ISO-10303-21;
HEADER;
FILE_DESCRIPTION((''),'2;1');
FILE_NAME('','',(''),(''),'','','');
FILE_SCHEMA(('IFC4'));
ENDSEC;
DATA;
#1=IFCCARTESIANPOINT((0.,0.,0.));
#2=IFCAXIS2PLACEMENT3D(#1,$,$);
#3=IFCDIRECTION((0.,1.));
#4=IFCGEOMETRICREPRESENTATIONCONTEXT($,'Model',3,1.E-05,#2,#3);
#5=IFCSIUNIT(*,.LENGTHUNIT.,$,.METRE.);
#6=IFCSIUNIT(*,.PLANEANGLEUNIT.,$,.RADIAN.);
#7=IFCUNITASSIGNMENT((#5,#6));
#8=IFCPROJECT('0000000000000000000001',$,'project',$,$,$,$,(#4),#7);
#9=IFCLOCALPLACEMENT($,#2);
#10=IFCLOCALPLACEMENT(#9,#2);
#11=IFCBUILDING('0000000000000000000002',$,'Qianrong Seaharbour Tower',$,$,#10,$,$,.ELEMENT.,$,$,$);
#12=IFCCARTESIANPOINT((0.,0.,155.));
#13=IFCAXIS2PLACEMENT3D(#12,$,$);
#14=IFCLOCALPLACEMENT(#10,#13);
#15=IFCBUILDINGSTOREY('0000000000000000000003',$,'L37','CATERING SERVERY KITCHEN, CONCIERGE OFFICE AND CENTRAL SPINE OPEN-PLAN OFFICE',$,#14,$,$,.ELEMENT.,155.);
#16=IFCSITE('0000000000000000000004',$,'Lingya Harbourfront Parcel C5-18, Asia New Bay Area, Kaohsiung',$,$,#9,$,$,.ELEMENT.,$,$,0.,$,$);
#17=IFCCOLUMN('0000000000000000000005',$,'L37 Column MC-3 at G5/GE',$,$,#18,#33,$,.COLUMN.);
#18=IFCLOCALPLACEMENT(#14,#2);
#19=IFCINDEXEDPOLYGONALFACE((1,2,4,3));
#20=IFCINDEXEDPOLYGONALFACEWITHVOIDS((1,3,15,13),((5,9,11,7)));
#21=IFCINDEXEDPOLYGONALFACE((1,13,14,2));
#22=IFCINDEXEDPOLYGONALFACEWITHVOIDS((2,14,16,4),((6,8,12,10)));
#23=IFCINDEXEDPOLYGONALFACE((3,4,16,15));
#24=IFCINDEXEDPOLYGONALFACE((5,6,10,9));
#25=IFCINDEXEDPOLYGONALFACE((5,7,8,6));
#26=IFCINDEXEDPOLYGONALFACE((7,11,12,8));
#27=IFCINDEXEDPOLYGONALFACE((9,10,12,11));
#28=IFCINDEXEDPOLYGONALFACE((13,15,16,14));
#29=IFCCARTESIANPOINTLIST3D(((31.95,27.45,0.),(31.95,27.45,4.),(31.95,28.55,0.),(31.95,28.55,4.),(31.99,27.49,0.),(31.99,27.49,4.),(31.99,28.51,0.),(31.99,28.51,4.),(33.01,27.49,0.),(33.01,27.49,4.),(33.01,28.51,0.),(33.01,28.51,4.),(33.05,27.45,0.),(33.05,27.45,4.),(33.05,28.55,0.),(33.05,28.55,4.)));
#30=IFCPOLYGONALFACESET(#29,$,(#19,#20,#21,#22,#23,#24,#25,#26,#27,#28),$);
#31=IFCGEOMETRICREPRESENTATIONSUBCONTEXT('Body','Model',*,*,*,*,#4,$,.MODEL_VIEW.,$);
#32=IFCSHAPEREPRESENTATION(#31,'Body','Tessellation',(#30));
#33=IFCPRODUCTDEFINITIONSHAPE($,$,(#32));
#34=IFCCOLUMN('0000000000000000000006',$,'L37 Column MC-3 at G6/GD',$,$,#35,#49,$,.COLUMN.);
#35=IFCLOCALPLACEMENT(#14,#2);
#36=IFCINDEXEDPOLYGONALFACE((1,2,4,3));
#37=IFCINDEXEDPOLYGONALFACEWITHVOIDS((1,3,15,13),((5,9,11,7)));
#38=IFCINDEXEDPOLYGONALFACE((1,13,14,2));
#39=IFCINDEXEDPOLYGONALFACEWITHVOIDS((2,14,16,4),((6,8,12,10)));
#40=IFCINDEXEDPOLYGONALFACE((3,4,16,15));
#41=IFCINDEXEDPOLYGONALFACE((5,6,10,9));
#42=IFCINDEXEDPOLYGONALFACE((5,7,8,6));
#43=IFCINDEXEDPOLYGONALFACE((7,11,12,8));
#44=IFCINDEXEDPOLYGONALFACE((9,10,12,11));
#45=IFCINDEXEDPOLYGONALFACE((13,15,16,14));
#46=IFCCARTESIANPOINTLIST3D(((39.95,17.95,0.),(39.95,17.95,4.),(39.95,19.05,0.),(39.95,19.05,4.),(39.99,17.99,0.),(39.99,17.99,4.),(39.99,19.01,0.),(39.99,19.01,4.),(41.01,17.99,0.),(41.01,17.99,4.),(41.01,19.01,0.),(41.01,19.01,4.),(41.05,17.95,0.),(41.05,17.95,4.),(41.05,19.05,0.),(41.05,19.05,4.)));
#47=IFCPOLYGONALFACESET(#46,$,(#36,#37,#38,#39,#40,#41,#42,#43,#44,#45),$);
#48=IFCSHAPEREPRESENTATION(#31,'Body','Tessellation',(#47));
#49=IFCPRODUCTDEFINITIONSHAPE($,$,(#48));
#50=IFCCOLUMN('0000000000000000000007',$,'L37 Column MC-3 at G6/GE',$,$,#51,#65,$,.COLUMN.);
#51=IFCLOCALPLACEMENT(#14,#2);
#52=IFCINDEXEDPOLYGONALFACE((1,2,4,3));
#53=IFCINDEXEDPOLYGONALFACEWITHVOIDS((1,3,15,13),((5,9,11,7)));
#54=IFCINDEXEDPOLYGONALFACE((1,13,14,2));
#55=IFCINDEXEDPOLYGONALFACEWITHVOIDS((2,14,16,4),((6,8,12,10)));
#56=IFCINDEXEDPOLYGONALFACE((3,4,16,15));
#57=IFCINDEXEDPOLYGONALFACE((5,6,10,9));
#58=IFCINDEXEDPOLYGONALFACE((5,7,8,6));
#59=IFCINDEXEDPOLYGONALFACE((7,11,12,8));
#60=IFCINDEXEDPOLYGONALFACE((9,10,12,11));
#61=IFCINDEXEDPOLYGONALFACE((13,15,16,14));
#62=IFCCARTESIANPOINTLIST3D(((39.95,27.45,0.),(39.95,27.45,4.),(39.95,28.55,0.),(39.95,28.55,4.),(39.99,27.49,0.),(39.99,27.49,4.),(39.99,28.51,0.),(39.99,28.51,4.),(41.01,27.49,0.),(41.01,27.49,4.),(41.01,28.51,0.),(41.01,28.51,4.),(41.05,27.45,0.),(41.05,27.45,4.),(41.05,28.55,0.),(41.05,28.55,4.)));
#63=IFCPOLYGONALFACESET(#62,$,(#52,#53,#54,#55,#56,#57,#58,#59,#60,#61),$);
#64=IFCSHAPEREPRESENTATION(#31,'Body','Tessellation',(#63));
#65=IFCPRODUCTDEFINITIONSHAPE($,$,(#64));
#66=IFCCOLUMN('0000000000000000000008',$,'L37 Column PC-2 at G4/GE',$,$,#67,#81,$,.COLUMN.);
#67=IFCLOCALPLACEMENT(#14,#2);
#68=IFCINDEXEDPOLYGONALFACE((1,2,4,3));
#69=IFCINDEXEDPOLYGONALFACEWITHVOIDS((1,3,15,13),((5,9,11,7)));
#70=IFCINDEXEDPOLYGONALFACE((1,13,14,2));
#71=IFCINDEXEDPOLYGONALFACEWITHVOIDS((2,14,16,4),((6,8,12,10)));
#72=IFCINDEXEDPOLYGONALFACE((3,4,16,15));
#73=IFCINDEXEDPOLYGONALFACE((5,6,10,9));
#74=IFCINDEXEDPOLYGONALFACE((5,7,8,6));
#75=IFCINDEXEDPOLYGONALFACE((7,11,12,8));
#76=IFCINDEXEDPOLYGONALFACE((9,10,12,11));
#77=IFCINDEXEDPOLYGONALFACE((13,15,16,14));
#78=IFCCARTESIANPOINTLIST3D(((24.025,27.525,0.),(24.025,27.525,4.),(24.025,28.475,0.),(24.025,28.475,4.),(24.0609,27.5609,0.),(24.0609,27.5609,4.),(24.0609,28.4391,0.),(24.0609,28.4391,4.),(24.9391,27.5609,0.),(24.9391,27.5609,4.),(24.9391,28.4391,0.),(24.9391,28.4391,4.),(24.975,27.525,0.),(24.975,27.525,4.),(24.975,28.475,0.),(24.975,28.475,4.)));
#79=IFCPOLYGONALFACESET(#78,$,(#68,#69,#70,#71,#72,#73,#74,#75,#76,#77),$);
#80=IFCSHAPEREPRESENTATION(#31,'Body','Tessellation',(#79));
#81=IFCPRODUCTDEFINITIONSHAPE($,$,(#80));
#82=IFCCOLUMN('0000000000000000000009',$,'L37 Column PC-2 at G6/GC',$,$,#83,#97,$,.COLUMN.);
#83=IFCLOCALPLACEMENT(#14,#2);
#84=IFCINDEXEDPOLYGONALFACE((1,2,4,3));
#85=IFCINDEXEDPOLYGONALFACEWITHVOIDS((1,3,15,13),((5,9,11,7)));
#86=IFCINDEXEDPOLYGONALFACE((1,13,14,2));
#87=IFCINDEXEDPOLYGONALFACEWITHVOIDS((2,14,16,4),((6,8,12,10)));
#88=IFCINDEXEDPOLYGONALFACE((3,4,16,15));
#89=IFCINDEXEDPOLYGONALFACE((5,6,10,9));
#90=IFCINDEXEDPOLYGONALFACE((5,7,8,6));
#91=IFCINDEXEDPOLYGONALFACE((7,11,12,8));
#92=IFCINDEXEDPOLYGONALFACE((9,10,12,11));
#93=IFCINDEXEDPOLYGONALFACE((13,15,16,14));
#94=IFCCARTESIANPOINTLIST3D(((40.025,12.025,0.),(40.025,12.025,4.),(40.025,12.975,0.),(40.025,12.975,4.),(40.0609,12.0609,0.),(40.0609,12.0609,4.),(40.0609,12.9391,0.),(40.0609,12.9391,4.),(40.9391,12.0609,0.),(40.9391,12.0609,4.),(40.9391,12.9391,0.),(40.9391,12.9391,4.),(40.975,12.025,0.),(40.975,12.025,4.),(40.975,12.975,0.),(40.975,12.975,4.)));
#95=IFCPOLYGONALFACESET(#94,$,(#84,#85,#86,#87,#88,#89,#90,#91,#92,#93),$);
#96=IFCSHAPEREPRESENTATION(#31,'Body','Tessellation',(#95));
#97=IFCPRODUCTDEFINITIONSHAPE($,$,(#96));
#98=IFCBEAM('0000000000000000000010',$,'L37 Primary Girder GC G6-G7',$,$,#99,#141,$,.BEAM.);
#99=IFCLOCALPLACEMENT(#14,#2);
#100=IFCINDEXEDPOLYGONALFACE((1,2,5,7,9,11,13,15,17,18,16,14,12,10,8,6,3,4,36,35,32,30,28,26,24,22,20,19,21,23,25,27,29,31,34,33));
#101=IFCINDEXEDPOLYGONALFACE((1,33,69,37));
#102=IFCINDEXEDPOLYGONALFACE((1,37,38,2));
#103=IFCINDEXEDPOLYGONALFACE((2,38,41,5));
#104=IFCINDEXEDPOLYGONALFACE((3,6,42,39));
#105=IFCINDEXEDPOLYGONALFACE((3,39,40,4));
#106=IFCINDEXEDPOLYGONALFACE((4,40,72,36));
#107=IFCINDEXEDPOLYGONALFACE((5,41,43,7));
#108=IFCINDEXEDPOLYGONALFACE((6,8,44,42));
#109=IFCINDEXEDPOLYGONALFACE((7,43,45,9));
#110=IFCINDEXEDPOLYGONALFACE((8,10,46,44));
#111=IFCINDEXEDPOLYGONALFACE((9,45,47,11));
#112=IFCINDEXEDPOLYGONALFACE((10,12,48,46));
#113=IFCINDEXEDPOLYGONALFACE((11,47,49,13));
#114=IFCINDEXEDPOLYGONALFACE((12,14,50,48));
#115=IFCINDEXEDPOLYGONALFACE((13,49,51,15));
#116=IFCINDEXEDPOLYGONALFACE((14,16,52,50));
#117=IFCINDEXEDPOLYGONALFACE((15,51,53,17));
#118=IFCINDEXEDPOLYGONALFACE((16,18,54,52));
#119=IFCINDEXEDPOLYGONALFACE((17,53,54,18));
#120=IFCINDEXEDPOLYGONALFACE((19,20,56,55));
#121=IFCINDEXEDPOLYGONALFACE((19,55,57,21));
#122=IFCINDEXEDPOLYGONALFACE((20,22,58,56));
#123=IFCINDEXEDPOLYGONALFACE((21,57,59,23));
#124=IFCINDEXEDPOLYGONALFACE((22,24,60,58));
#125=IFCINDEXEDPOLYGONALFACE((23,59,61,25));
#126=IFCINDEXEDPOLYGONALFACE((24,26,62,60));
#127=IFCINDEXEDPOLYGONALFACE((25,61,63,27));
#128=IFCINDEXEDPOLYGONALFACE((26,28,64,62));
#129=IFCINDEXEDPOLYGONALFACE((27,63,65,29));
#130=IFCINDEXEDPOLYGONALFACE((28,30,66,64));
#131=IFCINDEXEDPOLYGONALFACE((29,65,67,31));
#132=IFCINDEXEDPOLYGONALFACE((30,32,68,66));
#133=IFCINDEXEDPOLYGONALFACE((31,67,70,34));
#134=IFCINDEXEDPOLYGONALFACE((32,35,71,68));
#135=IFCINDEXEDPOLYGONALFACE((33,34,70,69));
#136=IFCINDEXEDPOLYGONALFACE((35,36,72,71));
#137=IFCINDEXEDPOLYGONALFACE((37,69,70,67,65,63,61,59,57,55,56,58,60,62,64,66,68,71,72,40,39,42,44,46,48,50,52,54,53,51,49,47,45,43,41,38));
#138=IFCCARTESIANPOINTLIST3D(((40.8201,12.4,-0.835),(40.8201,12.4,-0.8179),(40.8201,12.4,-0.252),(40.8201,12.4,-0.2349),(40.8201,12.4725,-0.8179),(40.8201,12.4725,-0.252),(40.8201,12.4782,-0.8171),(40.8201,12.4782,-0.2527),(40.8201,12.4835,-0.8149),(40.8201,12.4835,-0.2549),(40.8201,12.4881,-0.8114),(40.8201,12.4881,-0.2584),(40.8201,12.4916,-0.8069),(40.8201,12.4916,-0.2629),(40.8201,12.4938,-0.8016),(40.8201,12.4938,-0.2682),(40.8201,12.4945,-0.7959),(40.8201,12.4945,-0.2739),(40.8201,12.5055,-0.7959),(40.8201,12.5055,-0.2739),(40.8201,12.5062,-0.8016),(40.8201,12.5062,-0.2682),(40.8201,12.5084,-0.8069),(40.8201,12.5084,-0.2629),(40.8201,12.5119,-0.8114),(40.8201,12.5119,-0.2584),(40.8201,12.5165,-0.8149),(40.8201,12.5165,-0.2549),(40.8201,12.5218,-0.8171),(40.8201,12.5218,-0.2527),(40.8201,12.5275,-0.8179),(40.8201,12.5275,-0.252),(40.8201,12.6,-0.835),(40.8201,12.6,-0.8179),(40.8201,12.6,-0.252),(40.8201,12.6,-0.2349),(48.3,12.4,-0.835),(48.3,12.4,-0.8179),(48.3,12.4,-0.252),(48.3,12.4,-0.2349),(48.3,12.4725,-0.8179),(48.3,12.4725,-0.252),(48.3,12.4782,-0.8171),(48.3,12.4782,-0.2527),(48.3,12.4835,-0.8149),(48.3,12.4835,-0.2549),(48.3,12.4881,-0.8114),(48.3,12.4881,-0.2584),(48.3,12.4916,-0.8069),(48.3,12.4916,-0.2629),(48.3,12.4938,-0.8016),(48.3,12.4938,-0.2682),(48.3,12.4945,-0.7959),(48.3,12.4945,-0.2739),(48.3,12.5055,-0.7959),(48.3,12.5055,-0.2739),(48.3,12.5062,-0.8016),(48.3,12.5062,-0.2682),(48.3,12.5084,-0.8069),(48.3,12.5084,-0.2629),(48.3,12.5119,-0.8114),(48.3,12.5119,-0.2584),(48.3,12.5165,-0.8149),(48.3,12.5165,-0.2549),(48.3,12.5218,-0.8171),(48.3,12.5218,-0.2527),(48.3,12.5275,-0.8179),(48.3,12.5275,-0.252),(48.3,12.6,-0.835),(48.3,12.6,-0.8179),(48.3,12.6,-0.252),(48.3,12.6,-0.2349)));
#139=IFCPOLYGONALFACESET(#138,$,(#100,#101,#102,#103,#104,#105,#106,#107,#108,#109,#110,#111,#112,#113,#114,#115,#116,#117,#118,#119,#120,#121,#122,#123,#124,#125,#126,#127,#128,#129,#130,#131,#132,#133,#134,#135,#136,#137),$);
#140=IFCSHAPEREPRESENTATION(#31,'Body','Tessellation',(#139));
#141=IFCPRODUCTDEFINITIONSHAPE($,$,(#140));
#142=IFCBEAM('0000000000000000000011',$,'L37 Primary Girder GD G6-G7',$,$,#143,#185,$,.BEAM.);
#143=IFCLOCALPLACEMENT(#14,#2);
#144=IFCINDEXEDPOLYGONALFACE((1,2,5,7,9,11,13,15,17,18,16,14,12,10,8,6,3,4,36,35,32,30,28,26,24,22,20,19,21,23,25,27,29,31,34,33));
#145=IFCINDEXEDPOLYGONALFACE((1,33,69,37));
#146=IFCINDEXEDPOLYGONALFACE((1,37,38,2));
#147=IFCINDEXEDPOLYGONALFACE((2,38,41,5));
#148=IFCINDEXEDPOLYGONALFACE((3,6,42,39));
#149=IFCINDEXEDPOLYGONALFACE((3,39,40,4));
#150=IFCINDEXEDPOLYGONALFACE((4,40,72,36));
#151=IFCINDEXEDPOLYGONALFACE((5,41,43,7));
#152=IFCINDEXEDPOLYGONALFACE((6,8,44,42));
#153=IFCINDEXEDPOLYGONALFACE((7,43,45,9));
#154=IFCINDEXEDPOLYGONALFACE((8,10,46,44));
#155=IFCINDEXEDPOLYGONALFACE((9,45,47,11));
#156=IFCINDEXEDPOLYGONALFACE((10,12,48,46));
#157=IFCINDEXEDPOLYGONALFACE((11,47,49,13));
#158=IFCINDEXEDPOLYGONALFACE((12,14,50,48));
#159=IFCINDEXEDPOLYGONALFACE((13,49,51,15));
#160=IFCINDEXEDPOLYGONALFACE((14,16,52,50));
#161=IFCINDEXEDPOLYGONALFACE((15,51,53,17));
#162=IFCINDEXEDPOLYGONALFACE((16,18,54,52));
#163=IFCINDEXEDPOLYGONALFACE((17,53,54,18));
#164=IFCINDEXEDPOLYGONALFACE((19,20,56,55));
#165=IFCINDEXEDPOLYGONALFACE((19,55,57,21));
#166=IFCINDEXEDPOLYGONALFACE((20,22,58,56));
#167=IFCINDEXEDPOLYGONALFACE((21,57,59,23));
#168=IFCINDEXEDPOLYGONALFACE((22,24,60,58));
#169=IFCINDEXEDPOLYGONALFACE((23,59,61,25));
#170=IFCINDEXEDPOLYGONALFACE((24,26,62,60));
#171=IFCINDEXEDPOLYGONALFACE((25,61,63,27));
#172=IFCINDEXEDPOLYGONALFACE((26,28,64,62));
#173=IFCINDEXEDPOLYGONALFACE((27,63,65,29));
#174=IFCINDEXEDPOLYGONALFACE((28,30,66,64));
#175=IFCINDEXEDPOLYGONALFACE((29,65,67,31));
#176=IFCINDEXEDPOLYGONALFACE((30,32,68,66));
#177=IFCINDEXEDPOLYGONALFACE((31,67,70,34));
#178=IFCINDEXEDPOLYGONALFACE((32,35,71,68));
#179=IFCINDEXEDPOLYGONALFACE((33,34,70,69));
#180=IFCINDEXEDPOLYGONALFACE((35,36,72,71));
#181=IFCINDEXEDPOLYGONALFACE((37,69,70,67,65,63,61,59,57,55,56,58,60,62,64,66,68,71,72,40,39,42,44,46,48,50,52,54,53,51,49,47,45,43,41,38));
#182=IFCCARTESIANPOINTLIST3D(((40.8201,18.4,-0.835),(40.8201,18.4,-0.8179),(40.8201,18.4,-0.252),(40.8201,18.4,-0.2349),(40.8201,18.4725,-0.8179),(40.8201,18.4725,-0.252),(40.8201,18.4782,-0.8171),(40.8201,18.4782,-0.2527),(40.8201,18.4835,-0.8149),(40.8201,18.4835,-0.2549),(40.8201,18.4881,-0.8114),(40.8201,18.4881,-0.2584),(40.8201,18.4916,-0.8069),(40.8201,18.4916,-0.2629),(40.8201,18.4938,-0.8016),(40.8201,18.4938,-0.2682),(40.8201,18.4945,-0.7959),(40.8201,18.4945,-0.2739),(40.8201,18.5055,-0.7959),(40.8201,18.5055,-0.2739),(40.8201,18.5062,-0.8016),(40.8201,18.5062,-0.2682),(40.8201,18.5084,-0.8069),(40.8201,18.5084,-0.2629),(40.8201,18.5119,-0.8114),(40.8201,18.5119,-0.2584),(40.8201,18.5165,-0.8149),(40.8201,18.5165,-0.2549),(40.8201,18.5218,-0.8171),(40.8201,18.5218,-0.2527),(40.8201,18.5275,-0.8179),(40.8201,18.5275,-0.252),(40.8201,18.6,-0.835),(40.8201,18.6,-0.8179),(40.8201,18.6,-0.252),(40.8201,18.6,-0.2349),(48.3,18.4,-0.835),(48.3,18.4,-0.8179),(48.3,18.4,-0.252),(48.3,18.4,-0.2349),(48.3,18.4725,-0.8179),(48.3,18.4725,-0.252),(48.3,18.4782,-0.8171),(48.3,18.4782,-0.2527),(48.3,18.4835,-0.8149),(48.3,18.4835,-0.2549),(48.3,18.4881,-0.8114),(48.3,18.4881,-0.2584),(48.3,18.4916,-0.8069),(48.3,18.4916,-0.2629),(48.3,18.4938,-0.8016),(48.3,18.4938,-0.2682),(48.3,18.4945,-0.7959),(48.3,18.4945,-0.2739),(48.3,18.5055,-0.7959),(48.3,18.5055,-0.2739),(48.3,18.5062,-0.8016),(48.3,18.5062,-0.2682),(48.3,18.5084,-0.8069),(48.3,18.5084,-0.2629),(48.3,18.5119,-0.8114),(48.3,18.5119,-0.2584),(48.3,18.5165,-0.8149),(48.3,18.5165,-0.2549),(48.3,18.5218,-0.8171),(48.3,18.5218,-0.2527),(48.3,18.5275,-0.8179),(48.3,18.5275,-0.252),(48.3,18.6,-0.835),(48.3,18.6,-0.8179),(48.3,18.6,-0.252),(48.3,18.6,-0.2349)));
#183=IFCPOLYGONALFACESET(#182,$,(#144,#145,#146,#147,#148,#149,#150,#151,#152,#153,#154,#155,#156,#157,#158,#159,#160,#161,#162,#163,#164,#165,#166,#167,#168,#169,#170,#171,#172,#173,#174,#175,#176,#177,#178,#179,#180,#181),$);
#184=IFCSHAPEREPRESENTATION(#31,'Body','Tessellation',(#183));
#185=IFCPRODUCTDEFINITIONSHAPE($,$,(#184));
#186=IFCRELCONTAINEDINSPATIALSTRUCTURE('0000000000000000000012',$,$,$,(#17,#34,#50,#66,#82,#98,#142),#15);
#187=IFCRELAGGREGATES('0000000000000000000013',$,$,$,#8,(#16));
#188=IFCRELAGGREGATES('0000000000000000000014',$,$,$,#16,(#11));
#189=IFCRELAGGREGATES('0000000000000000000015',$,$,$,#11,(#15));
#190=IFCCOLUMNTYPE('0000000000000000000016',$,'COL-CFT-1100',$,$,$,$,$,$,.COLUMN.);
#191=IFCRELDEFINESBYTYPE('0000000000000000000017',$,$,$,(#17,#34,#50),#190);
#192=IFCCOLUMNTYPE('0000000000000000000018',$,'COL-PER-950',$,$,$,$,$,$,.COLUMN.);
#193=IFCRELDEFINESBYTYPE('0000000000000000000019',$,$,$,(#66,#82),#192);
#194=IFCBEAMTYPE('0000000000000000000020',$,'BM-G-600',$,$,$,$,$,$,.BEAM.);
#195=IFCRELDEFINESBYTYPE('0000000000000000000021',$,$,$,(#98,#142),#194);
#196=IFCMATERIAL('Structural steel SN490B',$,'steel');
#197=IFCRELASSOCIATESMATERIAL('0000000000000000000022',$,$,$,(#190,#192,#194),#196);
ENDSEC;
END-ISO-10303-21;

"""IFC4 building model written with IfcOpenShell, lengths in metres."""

from ifc_helpers import new_model, si_unit, direction, frame, origin, origin_2d, place, context, subcontext, project, spatial, hollow_rectangle, i_section, extrude, material, material_profile, profile_set, type_object, element, save


model = new_model("IFC4")

# Units and contexts
model_context = context("Model", 3, precision=1e-05, world=origin(), true_north=direction((0.0, 1.0)))
body_context = subcontext(model_context, "Body", "Model", "MODEL_VIEW")
ifc_project = project(units=[si_unit("LENGTHUNIT", "METRE"), si_unit("PLANEANGLEUNIT", "RADIAN")], contexts=[model_context])

# Site, building, storey
site_placement = place(None, origin())
site = spatial("IfcSite", under=ifc_project, at=site_placement, Name="Lingya Harbourfront Parcel C5-18, Asia New Bay Area, Kaohsiung", CompositionType="ELEMENT", RefElevation=0.0)
building_placement = place(site_placement, origin())
building = spatial("IfcBuilding", under=site, at=building_placement, Name="Qianrong Seaharbour Tower", CompositionType="ELEMENT")
storey_placement = place(building_placement, frame((0.0, 0.0, 155.0)))
storey = spatial("IfcBuildingStorey", under=building, at=storey_placement, Name="L37", Description="CATERING SERVERY KITCHEN, CONCIERGE OFFICE AND CENTRAL SPINE OPEN-PLAN OFFICE", CompositionType="ELEMENT", Elevation=155.0)

# Columns
ifc_material_1 = material(Name="Structural steel SN490B", Category="steel")
ifc_material_profile_1 = material_profile(ifc_material_1, hollow_rectangle(XDim=1.1001, YDim=1.1001, WallThickness=0.04, at=origin_2d()), Name="BOX1100x1100x40")
ifc_profile_set_1 = profile_set([ifc_material_profile_1], Name="Structural steel SN490B")
column_type_1 = type_object("IfcColumnType", Name="COL-CFT-1100", PredefinedType="COLUMN", material=ifc_profile_set_1)
for number, where, z_axis, x_axis, name in (
    (1, (32.5, 28.0, 0.0), (0.0, 0.0, 1.0), (1.0, 0.0, 0.0), "L37 Column MC-3 at G5/GE"),
    (2, (40.5, 18.5, 0.0), (0.0, 0.0, 1.0), (1.0, 0.0, 0.0), "L37 Column MC-3 at G6/GD"),
    (3, (40.5, 28.0, 0.0), (0.0, 0.0, 1.0), (1.0, 0.0, 0.0), "L37 Column MC-3 at G6/GE"),
):
    element("IfcColumn", number, at=place(storey_placement, frame(where, z_axis=z_axis, x_axis=x_axis)), inside=storey, type_object=column_type_1, Name=name, PredefinedType="COLUMN", context=body_context, shape_type="SweptSolid", body=[
        extrude(hollow_rectangle(XDim=1.1001, YDim=1.1001, WallThickness=0.04, at=origin_2d()), origin(), (0.0, 0.0, 1.0), 4.0),
    ])
ifc_material_profile_2 = material_profile(ifc_material_1, hollow_rectangle(XDim=0.95, YDim=0.95, WallThickness=0.0359, at=origin_2d()), Name="BOX950x950x36")
ifc_profile_set_2 = profile_set([ifc_material_profile_2], Name="Structural steel SN490B")
column_type_2 = type_object("IfcColumnType", Name="COL-PER-950", PredefinedType="COLUMN", material=ifc_profile_set_2)
for number, where, z_axis, x_axis, name in (
    (4, (24.5, 28.0, 0.0), (0.0, 0.0, 1.0), (1.0, 0.0, 0.0), "L37 Column PC-2 at G4/GE"),
    (5, (40.5, 12.5, 0.0), (0.0, 0.0, 1.0), (1.0, 0.0, 0.0), "L37 Column PC-2 at G6/GC"),
):
    element("IfcColumn", number, at=place(storey_placement, frame(where, z_axis=z_axis, x_axis=x_axis)), inside=storey, type_object=column_type_2, Name=name, PredefinedType="COLUMN", context=body_context, shape_type="SweptSolid", body=[
        extrude(hollow_rectangle(XDim=0.95, YDim=0.95, WallThickness=0.0359, at=origin_2d()), origin(), (0.0, 0.0, 1.0), 4.0),
    ])

# Beams
ifc_material_profile_3 = material_profile(ifc_material_1, i_section(OverallWidth=0.2, OverallDepth=0.6001, WebThickness=0.011, FlangeThickness=0.0171, FilletRadius=0.022, at=origin_2d()), Name="H600x200x11x17")
ifc_profile_set_3 = profile_set([ifc_material_profile_3], Name="Structural steel SN490B")
beam_type_1 = type_object("IfcBeamType", Name="BM-G-600", PredefinedType="BEAM", material=ifc_profile_set_3)
for number, where, z_axis, x_axis, name in (
    (6, (40.8201, 12.5, -0.5349), (1.0, 0.0, 0.0), (0.0, 1.0, 0.0), "L37 Primary Girder GC G6-G7"),
    (7, (40.8201, 18.5, -0.5349), (1.0, 0.0, 0.0), (0.0, 1.0, 0.0), "L37 Primary Girder GD G6-G7"),
):
    element("IfcBeam", number, at=place(storey_placement, frame(where, z_axis=z_axis, x_axis=x_axis)), inside=storey, type_object=beam_type_1, Name=name, PredefinedType="BEAM", context=body_context, shape_type="SweptSolid", body=[
        extrude(i_section(OverallWidth=0.2, OverallDepth=0.6001, WebThickness=0.011, FlangeThickness=0.0171, FilletRadius=0.022, at=origin_2d()), origin(), (0.0, 0.0, 1.0), 7.48),
    ])

save(model, "model.ifc")
